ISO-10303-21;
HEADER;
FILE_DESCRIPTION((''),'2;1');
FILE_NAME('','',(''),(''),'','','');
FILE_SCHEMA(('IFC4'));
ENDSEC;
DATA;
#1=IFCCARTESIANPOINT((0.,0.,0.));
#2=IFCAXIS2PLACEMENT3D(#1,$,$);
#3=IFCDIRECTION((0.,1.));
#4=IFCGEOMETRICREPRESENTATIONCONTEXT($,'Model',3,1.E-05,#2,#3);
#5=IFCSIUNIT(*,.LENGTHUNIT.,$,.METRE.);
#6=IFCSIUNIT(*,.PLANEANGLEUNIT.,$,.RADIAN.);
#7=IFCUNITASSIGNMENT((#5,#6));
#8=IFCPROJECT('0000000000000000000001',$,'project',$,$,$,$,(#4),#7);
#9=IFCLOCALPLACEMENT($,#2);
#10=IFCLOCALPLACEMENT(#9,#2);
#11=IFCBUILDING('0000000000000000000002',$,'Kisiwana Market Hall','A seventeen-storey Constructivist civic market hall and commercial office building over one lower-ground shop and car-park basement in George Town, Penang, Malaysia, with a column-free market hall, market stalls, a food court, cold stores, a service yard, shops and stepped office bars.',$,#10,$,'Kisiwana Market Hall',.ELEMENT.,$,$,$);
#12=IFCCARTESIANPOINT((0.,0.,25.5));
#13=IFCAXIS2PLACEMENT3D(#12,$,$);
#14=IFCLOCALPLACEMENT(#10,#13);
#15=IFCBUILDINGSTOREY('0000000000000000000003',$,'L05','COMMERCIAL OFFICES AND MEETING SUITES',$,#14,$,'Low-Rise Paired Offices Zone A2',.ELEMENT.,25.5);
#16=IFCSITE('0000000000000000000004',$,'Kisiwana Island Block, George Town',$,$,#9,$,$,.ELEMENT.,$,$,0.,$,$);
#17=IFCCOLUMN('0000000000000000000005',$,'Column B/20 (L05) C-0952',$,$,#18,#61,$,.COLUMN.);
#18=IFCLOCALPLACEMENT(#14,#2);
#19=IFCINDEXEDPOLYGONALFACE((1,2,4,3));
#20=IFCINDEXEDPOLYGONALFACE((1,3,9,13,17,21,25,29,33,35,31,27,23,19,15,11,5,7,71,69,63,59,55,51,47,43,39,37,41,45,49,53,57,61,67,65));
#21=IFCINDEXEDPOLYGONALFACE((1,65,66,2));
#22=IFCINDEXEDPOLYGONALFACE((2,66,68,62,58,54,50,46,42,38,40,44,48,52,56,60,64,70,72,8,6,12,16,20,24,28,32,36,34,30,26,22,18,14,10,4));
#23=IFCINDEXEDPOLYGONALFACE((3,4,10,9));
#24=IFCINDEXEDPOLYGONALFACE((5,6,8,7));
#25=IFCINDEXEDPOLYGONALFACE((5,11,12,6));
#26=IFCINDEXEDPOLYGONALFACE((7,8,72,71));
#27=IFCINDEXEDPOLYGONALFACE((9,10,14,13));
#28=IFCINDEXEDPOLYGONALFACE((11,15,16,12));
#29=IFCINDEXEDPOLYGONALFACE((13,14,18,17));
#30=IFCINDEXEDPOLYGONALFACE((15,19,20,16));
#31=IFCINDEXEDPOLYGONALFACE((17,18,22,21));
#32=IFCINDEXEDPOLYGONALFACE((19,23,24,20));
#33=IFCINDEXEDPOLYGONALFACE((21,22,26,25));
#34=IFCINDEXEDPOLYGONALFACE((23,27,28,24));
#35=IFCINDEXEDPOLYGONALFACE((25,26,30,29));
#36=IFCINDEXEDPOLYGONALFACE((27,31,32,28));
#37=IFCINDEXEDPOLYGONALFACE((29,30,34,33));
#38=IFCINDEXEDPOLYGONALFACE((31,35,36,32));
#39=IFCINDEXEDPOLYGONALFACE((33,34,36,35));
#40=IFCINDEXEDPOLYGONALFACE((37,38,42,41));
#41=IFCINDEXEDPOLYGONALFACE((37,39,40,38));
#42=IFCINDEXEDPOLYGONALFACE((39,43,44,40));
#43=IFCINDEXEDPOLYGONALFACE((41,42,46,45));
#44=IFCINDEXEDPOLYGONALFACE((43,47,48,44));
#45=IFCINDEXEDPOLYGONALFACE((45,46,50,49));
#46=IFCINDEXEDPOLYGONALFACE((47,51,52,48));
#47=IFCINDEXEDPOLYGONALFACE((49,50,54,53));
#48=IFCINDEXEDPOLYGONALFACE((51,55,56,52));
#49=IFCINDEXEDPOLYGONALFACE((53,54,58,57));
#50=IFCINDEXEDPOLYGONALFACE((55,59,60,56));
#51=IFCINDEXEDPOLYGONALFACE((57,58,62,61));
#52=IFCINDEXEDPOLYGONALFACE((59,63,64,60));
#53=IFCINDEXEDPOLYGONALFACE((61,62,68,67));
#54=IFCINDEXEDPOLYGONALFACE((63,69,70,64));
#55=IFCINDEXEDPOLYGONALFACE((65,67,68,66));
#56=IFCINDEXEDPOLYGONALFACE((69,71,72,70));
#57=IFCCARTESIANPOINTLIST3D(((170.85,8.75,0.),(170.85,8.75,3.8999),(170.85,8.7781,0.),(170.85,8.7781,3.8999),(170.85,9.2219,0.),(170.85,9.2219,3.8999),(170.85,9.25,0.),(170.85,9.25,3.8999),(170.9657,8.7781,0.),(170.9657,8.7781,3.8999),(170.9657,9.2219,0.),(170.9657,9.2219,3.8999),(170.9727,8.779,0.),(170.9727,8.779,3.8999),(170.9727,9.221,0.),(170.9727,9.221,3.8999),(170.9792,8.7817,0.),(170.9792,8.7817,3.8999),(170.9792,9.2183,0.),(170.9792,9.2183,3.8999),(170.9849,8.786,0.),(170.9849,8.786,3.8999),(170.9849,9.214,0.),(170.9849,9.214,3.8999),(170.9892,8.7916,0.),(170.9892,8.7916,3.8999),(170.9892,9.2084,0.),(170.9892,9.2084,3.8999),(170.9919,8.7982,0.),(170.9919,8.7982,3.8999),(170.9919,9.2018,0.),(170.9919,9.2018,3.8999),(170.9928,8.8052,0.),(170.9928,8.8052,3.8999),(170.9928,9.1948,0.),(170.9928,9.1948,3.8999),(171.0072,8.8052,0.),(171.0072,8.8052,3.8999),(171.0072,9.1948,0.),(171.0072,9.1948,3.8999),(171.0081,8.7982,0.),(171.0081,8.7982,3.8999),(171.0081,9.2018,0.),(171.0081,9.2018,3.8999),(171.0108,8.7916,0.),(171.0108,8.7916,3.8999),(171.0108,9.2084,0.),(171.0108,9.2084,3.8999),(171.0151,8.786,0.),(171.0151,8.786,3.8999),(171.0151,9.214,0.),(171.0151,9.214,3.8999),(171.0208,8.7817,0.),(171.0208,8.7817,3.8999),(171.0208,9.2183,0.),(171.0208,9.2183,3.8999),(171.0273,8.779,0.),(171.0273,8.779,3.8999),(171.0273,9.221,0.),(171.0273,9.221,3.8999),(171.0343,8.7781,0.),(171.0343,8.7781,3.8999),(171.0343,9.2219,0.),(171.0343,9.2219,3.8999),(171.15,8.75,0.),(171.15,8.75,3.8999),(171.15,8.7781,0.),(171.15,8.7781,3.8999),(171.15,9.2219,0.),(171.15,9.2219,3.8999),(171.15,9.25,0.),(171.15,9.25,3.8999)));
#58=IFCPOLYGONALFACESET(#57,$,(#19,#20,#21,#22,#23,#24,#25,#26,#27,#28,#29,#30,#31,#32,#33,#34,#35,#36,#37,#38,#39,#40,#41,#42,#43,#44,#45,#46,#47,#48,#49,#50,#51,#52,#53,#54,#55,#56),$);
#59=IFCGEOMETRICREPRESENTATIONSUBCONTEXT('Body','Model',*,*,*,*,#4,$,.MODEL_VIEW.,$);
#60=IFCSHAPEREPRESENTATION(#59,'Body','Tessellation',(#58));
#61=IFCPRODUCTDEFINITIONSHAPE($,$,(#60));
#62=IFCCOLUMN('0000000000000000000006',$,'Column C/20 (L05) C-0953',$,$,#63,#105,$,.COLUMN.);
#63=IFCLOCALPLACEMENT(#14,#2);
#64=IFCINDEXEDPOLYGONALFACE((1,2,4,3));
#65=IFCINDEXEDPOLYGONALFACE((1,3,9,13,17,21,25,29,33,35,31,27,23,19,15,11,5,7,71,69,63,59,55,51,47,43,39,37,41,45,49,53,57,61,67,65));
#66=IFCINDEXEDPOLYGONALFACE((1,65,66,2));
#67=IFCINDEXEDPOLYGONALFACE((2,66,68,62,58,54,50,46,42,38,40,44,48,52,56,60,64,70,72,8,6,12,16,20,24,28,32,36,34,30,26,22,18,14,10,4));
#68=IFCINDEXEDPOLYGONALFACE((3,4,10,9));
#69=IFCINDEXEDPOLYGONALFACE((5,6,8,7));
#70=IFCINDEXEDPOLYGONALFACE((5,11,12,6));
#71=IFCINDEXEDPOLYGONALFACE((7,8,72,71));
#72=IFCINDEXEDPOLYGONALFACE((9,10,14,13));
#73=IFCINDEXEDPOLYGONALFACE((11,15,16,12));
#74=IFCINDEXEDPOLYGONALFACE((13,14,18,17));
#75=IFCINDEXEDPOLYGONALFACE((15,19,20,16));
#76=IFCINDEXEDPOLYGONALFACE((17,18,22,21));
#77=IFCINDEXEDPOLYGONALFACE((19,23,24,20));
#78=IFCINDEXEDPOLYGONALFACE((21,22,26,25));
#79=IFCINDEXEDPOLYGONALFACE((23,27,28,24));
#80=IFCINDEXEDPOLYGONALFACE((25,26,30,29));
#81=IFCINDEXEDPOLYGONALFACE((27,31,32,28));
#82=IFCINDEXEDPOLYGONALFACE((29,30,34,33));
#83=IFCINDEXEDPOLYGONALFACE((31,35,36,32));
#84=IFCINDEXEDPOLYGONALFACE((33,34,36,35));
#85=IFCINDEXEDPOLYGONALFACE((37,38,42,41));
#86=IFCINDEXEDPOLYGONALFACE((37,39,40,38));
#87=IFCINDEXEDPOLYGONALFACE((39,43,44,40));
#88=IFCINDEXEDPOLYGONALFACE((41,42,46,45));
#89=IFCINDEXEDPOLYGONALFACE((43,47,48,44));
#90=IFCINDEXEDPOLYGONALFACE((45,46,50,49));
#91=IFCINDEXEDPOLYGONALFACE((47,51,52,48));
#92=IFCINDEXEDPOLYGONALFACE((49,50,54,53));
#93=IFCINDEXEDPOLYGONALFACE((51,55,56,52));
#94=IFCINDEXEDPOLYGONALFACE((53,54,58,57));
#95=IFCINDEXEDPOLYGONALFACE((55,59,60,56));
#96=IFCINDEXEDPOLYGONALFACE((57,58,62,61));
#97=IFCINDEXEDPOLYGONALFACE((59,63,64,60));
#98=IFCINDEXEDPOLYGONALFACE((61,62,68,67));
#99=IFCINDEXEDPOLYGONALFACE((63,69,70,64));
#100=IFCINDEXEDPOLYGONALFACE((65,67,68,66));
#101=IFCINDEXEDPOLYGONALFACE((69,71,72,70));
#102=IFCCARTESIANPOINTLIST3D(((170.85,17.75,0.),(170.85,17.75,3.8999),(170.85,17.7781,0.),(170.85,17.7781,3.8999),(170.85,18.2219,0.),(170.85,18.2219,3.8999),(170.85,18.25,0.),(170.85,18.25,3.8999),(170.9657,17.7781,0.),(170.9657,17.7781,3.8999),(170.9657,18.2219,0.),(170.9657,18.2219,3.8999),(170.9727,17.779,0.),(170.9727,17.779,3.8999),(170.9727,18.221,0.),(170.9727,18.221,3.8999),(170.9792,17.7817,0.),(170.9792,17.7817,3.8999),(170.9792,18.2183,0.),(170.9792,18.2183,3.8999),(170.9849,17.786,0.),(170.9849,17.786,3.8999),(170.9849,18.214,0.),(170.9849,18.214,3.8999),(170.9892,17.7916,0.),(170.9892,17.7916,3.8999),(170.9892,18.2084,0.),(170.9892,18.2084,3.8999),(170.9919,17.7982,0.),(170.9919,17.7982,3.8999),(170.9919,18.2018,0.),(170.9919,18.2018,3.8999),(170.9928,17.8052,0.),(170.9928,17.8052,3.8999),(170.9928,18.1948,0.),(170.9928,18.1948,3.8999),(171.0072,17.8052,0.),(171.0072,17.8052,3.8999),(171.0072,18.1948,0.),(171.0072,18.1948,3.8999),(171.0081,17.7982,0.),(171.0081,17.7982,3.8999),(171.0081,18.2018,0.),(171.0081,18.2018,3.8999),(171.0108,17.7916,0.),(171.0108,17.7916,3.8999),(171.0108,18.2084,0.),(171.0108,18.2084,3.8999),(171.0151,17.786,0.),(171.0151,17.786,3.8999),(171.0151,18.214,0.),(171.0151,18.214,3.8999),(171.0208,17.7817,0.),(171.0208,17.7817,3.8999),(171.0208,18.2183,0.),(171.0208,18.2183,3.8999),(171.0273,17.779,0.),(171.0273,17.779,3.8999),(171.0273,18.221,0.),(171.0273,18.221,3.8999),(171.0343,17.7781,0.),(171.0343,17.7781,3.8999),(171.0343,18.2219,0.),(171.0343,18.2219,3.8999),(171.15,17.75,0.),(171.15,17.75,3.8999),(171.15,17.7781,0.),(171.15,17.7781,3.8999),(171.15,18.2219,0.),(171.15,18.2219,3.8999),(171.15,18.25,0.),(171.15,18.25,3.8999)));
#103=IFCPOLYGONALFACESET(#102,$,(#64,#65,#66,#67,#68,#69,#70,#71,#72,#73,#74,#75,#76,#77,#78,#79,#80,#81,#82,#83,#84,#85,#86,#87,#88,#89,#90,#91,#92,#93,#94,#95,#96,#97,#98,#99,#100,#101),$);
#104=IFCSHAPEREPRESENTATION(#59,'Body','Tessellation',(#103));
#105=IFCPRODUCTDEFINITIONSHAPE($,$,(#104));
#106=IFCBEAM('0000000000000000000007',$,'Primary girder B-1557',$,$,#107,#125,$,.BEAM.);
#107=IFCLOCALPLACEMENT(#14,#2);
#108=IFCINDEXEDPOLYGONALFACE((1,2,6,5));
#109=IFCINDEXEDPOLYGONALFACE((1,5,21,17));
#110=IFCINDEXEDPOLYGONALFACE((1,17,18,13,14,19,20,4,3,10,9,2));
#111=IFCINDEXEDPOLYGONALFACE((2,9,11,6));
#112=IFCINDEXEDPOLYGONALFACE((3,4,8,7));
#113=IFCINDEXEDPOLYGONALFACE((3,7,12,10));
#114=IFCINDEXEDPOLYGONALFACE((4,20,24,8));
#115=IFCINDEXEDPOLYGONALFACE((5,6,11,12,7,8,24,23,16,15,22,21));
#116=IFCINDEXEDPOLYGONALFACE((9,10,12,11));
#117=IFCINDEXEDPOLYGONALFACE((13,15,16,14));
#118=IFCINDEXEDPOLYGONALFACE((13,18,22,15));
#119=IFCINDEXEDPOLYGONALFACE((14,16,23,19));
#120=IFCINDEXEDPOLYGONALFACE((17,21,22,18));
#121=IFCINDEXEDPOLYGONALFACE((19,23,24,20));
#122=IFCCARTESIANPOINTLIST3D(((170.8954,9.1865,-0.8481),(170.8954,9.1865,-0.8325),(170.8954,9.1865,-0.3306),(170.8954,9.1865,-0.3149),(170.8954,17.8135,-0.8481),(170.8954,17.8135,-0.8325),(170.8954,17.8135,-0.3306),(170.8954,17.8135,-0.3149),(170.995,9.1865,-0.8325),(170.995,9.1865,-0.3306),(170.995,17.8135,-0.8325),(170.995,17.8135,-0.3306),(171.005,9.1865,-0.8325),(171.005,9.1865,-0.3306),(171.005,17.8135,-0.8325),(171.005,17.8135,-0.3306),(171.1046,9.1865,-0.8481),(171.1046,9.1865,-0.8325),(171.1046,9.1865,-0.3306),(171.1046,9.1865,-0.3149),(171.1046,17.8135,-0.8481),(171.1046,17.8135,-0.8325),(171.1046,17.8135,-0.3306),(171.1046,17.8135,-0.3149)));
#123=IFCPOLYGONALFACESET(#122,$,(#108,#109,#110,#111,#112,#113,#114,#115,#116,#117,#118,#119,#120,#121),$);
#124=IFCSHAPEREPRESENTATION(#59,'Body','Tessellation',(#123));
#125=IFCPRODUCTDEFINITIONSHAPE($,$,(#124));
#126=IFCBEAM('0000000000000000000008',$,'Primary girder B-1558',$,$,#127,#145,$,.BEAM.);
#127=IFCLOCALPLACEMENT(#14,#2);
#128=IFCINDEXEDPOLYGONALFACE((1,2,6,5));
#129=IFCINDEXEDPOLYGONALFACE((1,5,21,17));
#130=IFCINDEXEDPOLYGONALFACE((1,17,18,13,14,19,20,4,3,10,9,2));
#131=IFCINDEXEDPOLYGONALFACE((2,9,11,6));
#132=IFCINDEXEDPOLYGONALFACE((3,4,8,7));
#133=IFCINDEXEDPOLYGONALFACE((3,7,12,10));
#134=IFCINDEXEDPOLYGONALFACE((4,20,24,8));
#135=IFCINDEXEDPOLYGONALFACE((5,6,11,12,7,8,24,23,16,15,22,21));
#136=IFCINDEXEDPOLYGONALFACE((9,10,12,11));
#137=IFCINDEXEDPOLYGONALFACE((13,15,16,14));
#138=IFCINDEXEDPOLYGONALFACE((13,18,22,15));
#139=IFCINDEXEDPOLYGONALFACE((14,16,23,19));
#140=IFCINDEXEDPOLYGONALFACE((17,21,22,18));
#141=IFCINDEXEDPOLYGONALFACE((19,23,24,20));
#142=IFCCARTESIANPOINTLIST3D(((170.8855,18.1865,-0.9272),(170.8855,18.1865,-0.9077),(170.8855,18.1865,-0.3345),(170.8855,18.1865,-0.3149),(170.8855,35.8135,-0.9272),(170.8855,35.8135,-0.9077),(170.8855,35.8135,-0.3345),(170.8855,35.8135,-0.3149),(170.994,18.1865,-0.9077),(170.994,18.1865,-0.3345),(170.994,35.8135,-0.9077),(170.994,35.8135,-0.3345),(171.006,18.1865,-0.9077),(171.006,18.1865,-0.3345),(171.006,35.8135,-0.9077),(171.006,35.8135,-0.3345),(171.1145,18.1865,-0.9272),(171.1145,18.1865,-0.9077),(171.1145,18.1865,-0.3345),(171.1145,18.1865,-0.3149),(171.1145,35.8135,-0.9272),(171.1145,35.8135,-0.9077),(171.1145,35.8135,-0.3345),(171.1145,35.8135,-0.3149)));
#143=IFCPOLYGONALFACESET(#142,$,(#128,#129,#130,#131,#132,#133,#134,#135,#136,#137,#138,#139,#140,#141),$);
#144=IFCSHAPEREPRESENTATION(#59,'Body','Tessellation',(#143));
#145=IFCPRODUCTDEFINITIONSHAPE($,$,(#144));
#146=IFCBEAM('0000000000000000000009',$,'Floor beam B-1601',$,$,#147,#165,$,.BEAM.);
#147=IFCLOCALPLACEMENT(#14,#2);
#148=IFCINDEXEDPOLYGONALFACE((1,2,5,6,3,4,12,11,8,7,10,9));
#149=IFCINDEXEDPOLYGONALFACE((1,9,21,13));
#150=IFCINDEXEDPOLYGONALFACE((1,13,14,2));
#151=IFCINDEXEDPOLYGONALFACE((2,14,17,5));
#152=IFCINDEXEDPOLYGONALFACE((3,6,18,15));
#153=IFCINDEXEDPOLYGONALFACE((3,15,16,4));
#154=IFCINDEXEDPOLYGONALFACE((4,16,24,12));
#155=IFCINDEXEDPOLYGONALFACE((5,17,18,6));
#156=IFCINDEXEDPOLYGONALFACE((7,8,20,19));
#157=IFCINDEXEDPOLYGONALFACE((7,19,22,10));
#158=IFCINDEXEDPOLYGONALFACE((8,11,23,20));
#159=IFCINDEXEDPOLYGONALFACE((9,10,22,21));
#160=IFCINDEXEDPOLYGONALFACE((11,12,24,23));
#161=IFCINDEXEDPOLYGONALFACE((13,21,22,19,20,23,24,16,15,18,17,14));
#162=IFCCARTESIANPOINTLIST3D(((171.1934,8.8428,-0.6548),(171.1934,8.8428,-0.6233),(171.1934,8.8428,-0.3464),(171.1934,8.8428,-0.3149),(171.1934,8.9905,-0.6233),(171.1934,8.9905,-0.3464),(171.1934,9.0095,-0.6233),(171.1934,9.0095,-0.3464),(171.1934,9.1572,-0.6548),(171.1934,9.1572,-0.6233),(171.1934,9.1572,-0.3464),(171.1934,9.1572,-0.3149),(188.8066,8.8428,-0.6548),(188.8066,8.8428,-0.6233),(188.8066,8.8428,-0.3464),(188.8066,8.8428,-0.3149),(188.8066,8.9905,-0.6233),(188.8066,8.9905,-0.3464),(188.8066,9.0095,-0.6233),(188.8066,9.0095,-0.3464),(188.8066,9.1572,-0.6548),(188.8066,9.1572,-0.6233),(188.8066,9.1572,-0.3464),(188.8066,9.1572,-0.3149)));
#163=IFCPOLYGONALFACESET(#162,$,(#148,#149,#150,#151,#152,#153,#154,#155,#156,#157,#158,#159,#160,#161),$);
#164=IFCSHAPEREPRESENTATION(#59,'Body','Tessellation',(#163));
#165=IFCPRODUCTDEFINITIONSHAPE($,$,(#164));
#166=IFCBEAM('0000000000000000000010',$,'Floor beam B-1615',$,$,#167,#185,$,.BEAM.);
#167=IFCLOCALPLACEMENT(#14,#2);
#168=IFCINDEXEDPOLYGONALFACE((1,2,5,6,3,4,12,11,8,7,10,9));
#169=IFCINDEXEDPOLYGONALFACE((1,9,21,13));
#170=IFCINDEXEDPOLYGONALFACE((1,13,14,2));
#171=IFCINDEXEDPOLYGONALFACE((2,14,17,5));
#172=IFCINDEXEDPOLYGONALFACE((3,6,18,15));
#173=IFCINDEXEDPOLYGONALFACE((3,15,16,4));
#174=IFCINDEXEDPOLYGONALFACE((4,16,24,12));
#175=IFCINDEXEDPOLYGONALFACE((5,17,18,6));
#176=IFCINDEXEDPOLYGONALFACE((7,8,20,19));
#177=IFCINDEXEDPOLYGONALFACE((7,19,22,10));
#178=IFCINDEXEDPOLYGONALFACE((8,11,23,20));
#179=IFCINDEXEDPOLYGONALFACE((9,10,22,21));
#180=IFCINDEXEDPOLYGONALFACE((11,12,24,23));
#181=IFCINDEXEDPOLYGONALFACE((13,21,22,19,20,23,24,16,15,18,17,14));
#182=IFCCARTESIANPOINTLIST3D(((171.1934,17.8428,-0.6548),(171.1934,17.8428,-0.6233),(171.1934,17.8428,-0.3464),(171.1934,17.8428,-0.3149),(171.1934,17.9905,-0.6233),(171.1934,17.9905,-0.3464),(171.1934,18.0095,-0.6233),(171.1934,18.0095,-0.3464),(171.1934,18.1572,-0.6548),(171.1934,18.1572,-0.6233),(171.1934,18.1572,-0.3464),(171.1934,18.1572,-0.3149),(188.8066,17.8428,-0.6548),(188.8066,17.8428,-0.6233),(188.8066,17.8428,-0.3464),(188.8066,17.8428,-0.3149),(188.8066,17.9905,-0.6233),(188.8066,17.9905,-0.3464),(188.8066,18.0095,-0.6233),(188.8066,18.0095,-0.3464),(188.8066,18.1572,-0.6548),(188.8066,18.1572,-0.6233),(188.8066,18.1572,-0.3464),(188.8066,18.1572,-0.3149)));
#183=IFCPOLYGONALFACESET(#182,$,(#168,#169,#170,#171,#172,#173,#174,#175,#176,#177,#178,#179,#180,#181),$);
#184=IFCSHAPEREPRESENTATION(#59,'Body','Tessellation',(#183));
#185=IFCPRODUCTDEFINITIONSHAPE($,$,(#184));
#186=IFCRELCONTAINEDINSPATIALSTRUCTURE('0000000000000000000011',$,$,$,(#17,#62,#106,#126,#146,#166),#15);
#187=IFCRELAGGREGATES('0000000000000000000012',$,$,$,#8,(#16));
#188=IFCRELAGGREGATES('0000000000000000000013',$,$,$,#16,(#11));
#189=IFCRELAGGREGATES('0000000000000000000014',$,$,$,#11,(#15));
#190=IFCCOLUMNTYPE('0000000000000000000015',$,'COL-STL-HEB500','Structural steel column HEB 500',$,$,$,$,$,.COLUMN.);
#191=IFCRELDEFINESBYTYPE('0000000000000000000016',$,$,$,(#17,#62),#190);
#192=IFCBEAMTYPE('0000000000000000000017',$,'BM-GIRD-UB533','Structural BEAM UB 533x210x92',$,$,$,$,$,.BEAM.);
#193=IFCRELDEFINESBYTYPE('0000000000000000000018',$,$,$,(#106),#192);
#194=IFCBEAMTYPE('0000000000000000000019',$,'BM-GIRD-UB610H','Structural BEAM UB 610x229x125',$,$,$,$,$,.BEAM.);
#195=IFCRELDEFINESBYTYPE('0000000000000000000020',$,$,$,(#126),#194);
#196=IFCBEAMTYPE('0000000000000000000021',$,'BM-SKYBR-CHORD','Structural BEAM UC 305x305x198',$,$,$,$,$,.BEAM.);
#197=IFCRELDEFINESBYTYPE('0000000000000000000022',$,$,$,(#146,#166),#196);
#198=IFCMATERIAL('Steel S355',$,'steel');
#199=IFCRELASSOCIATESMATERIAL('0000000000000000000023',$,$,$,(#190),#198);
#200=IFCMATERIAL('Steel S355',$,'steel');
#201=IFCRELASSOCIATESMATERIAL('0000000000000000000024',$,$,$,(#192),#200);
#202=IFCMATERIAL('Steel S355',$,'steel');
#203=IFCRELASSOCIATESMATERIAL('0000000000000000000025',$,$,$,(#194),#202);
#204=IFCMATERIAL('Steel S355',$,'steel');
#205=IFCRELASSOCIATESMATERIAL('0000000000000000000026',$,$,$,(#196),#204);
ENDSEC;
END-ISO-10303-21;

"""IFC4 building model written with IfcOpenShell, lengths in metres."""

from ifc_helpers import new_model, si_unit, direction, frame, origin, origin_2d, place, context, subcontext, project, spatial, i_section, extrude, material, material_profile, profile_set, type_object, element, save


model = new_model("IFC4")

# Units and contexts
model_context = context("Model", 3, precision=1e-05, world=origin(), true_north=direction((0.0, 1.0)))
body_context = subcontext(model_context, "Body", "Model", "MODEL_VIEW")
ifc_project = project(units=[si_unit("LENGTHUNIT", "METRE"), si_unit("PLANEANGLEUNIT", "RADIAN")], contexts=[model_context])

# Site, building, storey
site_placement = place(None, origin())
site = spatial("IfcSite", under=ifc_project, at=site_placement, Name="Kisiwana Island Block, George Town", CompositionType="ELEMENT", RefElevation=0.0)
building_placement = place(site_placement, origin())
building = spatial("IfcBuilding", under=site, at=building_placement, Name="Kisiwana Market Hall", Description="A seventeen-storey Constructivist civic market hall and commercial office building over one lower-ground shop and car-park basement in George Town, Penang, Malaysia, with a column-free market hall, market stalls, a food court, cold stores, a service yard, shops and stepped office bars.", LongName="Kisiwana Market Hall", CompositionType="ELEMENT")
storey_placement = place(building_placement, frame((0.0, 0.0, 25.5)))
storey = spatial("IfcBuildingStorey", under=building, at=storey_placement, Name="L05", Description="COMMERCIAL OFFICES AND MEETING SUITES", LongName="Low-Rise Paired Offices Zone A2", CompositionType="ELEMENT", Elevation=25.5)

# Columns
ifc_material_1 = material(Name="Steel S355", Category="steel")
ifc_material_profile_1 = material_profile(ifc_material_1, i_section(OverallWidth=0.3, OverallDepth=0.5, WebThickness=0.0144, FlangeThickness=0.0281, FilletRadius=0.0271, at=origin_2d()), Name="HEB 500")
ifc_profile_set_1 = profile_set([ifc_material_profile_1], Name="Steel S355")
column_type = type_object("IfcColumnType", Name="COL-STL-HEB500", Description="Structural steel column HEB 500", PredefinedType="COLUMN", material=ifc_profile_set_1)
for number, where, z_axis, x_axis, name in (
    (1, (171.0, 9.0, 0.0), (0.0, 0.0, 1.0), (1.0, 0.0, 0.0), "Column B/20 (L05) C-0952"),
    (2, (171.0, 18.0, 0.0), (0.0, 0.0, 1.0), (1.0, 0.0, 0.0), "Column C/20 (L05) C-0953"),
):
    element("IfcColumn", number, at=place(storey_placement, frame(where, z_axis=z_axis, x_axis=x_axis)), inside=storey, type_object=column_type, Name=name, PredefinedType="COLUMN", context=body_context, shape_type="SweptSolid", body=[
        extrude(i_section(OverallWidth=0.3, OverallDepth=0.5, WebThickness=0.0144, FlangeThickness=0.0281, FilletRadius=0.0271, at=origin_2d()), origin(), (0.0, 0.0, 1.0), 3.8999),
    ])

# Beams
ifc_material_2 = material(Name="Steel S355", Category="steel")
ifc_material_profile_2 = material_profile(ifc_material_2, i_section(OverallWidth=0.2092, OverallDepth=0.5332, WebThickness=0.01, FlangeThickness=0.0156, at=origin_2d()), Name="UB 533x210x92")
ifc_profile_set_2 = profile_set([ifc_material_profile_2], Name="Steel S355")
beam_type_1 = type_object("IfcBeamType", Name="BM-GIRD-UB533", Description="Structural BEAM UB 533x210x92", PredefinedType="BEAM", material=ifc_profile_set_2)
beam_1_placement = place(storey_placement, frame((171.0, 9.1865, -0.5815), z_axis=(0.0, 1.0, 0.0), x_axis=(-1.0, 0.0, 0.0)))
element("IfcBeam", 3, at=beam_1_placement, inside=storey, type_object=beam_type_1, Name="Primary girder B-1557", PredefinedType="BEAM", context=body_context, shape_type="SweptSolid", body=[
    extrude(i_section(OverallWidth=0.2092, OverallDepth=0.5332, WebThickness=0.01, FlangeThickness=0.0156, at=origin_2d()), origin(), (0.0, 0.0, 1.0), 8.627),
])
ifc_material_3 = material(Name="Steel S355", Category="steel")
ifc_material_profile_3 = material_profile(ifc_material_3, i_section(OverallWidth=0.229, OverallDepth=0.6123, WebThickness=0.012, FlangeThickness=0.0195, at=origin_2d()), Name="UB 610x229x125")
ifc_profile_set_3 = profile_set([ifc_material_profile_3], Name="Steel S355")
beam_type_2 = type_object("IfcBeamType", Name="BM-GIRD-UB610H", Description="Structural BEAM UB 610x229x125", PredefinedType="BEAM", material=ifc_profile_set_3)
beam_2_placement = place(storey_placement, frame((171.0, 18.1865, -0.6211), z_axis=(0.0, 1.0, 0.0), x_axis=(-1.0, 0.0, 0.0)))
element("IfcBeam", 4, at=beam_2_placement, inside=storey, type_object=beam_type_2, Name="Primary girder B-1558", PredefinedType="BEAM", context=body_context, shape_type="SweptSolid", body=[
    extrude(i_section(OverallWidth=0.229, OverallDepth=0.6123, WebThickness=0.012, FlangeThickness=0.0195, at=origin_2d()), origin(), (0.0, 0.0, 1.0), 17.627),
])
ifc_material_4 = material(Name="Steel S355", Category="steel")
ifc_material_profile_4 = material_profile(ifc_material_4, i_section(OverallWidth=0.3145, OverallDepth=0.3398, WebThickness=0.019, FlangeThickness=0.0315, at=origin_2d()), Name="UC 305x305x198")
ifc_profile_set_4 = profile_set([ifc_material_profile_4], Name="Steel S355")
beam_type_3 = type_object("IfcBeamType", Name="BM-SKYBR-CHORD", Description="Structural BEAM UC 305x305x198", PredefinedType="BEAM", material=ifc_profile_set_4)
for number, where, z_axis, x_axis, name in (
    (5, (171.1934, 9.0, -0.4849), (1.0, 0.0, 0.0), (0.0, 1.0, 0.0), "Floor beam B-1601"),
    (6, (171.1934, 18.0, -0.4849), (1.0, 0.0, 0.0), (0.0, 1.0, 0.0), "Floor beam B-1615"),
):
    element("IfcBeam", number, at=place(storey_placement, frame(where, z_axis=z_axis, x_axis=x_axis)), inside=storey, type_object=beam_type_3, Name=name, PredefinedType="BEAM", context=body_context, shape_type="SweptSolid", body=[
        extrude(i_section(OverallWidth=0.3145, OverallDepth=0.3398, WebThickness=0.019, FlangeThickness=0.0315, at=origin_2d()), origin(), (0.0, 0.0, 1.0), 17.6133),
    ])

save(model, "model.ifc")
